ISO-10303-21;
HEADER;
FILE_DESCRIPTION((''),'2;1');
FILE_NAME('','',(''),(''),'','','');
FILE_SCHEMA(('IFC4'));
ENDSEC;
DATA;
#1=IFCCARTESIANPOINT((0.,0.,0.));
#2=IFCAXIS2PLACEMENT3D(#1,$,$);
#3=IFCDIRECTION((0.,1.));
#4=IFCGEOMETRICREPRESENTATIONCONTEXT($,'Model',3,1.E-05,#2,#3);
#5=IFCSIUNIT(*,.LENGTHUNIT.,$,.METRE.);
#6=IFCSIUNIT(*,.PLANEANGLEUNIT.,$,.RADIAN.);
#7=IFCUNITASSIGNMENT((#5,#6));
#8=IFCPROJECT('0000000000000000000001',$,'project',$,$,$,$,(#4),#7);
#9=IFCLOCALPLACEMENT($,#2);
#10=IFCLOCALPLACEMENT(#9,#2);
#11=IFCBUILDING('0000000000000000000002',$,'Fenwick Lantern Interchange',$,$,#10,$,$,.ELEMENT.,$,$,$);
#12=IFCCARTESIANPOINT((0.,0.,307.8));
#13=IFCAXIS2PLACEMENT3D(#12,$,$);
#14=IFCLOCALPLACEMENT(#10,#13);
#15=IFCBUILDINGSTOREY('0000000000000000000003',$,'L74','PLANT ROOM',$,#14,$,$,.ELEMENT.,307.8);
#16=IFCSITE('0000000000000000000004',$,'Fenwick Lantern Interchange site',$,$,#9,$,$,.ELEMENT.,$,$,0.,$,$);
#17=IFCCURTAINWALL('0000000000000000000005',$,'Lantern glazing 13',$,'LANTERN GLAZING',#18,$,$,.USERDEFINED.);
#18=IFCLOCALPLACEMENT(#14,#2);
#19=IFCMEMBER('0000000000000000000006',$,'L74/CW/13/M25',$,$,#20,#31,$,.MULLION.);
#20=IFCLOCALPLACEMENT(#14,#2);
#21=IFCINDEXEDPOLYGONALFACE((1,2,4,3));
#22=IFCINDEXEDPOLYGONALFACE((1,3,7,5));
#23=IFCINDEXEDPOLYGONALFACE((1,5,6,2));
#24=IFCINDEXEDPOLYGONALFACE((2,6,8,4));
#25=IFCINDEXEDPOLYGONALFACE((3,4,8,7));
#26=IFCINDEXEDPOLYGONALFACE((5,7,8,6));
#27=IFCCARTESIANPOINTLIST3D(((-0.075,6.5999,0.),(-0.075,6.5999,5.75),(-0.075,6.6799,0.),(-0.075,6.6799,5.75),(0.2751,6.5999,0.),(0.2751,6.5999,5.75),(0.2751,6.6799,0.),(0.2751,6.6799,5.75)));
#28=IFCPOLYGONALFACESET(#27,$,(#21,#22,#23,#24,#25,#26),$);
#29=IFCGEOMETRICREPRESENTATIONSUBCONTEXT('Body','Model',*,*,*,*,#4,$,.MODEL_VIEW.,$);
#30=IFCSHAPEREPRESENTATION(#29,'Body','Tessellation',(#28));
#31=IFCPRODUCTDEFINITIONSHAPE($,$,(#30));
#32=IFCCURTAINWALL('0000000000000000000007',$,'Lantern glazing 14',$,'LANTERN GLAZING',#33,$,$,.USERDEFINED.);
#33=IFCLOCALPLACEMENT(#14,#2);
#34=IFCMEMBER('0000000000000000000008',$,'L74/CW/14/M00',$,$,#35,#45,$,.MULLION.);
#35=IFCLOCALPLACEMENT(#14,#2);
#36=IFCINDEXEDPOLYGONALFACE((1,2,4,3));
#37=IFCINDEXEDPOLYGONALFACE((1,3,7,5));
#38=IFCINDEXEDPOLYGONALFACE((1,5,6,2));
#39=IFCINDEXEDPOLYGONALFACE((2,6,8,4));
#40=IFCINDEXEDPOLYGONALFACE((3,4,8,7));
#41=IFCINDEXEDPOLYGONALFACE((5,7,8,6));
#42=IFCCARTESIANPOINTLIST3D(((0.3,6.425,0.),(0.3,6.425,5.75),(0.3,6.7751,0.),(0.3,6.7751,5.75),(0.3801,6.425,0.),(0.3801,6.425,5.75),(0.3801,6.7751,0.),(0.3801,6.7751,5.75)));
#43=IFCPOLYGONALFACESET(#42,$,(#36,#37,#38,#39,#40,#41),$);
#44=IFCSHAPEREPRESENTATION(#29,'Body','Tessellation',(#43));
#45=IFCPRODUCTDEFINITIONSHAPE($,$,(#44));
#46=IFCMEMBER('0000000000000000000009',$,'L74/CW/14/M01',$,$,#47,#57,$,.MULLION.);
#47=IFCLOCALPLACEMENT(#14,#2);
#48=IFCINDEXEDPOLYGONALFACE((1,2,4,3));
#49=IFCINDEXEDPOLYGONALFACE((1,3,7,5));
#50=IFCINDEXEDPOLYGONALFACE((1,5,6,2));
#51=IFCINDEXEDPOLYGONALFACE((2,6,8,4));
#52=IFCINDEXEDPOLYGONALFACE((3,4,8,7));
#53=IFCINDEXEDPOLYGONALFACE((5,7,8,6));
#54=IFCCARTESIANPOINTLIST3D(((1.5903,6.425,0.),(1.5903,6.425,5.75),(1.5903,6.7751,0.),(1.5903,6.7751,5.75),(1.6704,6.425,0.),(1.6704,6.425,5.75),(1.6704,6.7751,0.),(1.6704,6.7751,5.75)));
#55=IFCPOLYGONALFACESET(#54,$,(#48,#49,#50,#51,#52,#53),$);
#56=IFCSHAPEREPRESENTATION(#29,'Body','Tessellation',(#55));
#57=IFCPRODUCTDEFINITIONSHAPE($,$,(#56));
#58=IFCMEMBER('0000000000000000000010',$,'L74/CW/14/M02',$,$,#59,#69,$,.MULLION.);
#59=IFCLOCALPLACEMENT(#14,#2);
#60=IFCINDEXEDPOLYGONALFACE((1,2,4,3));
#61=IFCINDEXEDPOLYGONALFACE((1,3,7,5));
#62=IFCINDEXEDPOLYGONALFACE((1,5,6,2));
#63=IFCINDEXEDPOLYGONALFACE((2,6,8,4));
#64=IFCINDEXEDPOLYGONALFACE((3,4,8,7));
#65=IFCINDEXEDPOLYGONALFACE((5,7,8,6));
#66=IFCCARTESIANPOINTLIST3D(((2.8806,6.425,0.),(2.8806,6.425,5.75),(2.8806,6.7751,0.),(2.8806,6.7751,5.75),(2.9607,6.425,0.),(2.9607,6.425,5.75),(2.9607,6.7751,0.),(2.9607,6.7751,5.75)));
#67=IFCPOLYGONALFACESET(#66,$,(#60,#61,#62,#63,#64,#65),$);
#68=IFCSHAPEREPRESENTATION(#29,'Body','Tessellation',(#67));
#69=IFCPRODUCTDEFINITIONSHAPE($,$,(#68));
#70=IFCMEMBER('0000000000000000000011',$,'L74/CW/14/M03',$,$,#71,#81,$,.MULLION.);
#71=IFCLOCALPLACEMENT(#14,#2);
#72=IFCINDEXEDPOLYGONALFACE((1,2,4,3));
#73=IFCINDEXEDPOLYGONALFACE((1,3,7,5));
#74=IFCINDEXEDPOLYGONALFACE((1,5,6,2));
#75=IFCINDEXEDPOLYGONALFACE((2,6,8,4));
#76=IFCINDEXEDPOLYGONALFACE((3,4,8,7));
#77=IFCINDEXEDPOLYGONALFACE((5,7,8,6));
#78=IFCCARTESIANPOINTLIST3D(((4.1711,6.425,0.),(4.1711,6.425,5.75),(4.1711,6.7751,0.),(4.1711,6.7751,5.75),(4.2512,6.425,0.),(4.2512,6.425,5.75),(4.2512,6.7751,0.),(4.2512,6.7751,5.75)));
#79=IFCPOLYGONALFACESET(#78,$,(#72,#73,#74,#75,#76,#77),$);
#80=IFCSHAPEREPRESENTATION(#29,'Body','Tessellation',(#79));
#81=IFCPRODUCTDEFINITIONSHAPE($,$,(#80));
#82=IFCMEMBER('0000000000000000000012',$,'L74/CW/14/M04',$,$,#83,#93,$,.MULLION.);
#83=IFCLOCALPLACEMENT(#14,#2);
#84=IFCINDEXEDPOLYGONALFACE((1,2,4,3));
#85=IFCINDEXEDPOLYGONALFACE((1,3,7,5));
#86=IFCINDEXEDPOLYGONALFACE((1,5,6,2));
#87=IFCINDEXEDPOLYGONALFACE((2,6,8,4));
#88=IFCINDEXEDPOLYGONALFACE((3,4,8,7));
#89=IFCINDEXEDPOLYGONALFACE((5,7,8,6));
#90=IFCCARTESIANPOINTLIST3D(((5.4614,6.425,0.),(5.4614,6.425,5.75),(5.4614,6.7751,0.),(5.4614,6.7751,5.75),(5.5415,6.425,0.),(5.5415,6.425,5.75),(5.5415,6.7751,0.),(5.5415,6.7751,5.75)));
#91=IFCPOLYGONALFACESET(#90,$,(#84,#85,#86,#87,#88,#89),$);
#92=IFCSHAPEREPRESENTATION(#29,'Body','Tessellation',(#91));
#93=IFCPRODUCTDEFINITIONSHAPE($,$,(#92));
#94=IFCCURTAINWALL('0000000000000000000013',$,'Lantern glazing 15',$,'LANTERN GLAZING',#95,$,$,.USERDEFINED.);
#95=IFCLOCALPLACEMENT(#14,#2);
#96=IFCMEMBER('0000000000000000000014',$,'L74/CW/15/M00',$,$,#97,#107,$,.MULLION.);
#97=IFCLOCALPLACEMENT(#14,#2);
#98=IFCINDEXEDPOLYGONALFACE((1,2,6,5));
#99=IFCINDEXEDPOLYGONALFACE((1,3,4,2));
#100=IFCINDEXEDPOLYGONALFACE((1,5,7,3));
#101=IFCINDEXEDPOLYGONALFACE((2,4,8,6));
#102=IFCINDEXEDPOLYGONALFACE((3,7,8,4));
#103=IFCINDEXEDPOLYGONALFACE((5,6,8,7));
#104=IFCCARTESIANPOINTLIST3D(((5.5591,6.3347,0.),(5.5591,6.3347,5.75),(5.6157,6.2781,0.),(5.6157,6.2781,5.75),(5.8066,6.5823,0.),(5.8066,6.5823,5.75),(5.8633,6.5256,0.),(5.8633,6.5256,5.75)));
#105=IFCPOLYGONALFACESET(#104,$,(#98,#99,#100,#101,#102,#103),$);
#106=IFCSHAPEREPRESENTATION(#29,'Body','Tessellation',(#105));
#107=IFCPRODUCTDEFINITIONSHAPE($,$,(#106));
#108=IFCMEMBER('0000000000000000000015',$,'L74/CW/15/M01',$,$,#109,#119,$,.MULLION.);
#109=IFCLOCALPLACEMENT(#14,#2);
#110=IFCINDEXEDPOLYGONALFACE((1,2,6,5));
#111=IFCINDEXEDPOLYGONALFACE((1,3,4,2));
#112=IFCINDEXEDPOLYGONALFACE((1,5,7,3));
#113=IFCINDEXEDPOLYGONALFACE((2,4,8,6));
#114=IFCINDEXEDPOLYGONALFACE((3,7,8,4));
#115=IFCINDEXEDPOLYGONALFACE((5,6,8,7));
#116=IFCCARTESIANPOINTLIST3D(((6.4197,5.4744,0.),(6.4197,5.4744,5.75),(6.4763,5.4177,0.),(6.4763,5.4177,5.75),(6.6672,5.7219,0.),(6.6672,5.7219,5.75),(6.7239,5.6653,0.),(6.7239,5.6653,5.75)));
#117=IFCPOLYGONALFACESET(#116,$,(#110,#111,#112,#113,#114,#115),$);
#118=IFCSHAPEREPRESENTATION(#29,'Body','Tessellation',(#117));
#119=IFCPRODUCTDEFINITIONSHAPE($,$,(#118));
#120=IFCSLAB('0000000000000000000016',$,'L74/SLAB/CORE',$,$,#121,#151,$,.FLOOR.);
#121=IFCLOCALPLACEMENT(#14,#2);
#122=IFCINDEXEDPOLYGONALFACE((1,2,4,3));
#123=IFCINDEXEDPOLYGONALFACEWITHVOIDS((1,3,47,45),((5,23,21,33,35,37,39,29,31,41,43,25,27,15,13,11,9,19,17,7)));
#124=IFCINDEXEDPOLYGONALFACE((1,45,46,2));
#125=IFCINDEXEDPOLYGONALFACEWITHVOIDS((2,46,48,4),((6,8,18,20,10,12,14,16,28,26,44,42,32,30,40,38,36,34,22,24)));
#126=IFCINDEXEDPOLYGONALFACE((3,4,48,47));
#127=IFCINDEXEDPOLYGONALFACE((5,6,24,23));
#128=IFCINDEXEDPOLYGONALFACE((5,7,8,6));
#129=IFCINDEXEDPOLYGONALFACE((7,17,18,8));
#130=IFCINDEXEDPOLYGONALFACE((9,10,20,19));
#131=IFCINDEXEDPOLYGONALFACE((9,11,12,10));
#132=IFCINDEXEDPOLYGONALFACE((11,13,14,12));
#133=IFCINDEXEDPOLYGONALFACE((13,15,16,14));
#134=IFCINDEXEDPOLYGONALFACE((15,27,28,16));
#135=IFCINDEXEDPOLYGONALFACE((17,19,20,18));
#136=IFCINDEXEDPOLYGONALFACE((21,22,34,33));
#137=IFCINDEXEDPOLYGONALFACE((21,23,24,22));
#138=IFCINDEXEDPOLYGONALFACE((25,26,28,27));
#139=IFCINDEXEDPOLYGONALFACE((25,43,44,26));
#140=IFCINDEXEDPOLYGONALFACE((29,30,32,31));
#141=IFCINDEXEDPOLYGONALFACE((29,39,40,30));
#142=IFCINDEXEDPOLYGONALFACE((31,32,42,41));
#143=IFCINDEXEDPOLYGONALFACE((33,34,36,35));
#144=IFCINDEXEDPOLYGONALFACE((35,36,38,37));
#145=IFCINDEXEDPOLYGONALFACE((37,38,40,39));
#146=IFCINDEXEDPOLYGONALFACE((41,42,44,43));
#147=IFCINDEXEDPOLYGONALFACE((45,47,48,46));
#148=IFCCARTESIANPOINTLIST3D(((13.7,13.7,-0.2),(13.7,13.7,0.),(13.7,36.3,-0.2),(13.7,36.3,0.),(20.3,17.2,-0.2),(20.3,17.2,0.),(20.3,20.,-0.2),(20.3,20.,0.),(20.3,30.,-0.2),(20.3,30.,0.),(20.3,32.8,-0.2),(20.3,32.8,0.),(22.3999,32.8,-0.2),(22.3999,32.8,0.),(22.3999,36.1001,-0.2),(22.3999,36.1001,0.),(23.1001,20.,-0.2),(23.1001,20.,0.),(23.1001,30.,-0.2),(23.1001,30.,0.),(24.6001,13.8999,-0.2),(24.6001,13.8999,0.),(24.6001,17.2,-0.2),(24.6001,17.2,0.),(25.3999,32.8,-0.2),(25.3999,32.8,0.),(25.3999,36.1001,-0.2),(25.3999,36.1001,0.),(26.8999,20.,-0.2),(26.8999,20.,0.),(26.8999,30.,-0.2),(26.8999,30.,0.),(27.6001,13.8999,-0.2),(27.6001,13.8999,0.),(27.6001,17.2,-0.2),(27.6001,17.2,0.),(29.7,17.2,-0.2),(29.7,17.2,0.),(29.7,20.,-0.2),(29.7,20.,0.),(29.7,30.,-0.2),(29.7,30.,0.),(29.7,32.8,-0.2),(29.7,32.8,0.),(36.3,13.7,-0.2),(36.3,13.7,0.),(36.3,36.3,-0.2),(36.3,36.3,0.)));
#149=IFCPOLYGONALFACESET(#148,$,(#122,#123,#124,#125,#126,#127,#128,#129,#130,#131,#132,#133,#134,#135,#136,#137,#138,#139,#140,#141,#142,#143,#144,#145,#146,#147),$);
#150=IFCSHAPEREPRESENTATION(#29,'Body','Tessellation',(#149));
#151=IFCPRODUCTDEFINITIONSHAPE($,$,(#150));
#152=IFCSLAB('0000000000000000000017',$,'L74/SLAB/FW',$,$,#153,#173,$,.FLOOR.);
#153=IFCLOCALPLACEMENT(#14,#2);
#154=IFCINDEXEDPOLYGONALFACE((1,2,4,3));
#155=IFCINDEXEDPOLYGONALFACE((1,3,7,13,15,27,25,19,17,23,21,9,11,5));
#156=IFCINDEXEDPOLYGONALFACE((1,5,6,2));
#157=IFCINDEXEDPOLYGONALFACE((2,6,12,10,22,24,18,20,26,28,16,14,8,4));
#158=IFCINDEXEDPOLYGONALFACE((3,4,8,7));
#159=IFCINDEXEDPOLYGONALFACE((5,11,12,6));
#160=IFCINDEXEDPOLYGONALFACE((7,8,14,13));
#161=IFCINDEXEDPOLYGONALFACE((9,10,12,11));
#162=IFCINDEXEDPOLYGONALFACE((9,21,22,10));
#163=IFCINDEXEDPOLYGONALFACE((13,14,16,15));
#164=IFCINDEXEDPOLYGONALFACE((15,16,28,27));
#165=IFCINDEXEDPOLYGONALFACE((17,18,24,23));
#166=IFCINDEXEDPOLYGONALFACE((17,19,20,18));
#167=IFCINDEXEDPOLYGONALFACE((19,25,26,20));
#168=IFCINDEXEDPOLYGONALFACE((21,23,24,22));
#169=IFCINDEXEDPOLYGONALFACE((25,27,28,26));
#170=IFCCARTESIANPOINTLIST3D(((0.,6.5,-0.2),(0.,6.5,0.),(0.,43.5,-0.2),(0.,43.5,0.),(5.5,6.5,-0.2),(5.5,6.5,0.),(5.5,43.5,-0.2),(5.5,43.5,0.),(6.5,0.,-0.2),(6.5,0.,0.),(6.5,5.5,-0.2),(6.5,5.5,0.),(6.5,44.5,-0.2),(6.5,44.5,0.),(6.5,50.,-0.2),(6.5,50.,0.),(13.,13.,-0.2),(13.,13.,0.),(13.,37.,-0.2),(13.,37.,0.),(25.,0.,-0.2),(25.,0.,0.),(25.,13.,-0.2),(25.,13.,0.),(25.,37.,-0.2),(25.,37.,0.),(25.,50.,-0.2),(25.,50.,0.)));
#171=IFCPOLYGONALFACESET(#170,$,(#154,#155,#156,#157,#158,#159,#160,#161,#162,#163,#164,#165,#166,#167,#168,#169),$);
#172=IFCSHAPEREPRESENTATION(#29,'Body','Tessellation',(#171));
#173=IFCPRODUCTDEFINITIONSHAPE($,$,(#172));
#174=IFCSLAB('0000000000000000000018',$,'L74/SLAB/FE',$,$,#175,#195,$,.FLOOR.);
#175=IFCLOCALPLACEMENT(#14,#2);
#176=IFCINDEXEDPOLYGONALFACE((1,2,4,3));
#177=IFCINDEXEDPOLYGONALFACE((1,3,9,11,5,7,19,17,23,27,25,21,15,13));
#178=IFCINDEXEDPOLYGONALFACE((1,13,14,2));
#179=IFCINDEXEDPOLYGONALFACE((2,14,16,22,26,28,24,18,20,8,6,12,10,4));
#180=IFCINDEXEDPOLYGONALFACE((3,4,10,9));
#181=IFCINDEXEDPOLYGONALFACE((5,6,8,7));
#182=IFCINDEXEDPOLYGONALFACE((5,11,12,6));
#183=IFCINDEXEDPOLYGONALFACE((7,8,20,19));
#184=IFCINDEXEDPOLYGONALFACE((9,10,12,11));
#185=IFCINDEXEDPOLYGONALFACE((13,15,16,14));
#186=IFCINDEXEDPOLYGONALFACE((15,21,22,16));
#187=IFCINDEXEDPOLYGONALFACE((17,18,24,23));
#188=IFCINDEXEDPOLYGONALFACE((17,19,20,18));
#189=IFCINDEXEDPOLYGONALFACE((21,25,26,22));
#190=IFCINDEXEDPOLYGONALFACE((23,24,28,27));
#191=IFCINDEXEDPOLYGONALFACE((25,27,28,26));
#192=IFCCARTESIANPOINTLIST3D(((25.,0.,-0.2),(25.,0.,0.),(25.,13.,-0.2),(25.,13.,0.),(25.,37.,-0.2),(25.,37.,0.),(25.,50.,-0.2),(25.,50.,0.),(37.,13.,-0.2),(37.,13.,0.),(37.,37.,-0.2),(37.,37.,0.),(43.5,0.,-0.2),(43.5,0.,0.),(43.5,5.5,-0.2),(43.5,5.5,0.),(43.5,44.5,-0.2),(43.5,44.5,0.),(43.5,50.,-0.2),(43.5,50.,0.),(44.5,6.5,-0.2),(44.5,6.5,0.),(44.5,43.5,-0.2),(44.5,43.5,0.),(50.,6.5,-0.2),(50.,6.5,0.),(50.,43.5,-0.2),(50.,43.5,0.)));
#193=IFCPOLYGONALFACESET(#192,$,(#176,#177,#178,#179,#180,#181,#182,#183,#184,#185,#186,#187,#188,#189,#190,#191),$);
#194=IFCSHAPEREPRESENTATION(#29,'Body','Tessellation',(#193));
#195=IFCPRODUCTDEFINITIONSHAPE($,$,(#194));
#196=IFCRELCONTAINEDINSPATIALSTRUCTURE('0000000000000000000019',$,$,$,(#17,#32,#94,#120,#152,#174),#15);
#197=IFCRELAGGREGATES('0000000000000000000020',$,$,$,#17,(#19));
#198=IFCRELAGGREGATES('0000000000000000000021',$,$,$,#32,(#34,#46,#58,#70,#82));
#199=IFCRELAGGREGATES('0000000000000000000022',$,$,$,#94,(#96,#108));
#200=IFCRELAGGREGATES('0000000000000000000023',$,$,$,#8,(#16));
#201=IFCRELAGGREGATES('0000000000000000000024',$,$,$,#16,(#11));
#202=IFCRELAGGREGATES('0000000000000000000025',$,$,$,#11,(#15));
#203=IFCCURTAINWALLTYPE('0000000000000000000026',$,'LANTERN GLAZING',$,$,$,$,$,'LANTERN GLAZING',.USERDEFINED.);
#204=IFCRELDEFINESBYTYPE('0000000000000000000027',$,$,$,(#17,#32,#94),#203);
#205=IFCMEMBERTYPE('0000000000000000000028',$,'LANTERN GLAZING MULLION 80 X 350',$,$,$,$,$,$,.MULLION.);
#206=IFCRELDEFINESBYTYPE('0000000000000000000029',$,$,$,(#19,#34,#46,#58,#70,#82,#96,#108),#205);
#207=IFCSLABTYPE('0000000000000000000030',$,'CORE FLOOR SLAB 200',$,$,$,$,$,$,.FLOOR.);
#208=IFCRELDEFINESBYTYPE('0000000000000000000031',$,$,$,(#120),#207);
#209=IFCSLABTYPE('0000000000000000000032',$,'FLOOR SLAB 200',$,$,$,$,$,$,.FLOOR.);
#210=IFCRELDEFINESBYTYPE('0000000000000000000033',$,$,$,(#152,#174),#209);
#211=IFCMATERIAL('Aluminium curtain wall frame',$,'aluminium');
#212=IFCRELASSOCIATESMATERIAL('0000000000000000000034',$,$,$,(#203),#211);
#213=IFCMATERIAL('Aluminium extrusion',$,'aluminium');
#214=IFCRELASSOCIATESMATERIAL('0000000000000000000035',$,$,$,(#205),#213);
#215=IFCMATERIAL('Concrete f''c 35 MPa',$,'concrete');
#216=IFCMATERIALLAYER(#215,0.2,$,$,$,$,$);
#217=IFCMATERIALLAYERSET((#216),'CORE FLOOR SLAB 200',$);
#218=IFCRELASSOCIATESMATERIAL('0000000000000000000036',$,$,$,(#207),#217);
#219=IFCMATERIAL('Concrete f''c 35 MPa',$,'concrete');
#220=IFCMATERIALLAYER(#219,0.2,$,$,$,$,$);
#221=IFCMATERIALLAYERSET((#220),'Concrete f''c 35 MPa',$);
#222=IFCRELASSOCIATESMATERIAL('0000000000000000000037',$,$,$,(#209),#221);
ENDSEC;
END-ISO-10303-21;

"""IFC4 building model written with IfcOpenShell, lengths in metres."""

from ifc_helpers import new_model, si_unit, direction, frame, origin, origin_2d, place, context, subcontext, project, spatial, polyline, rectangle, outline, extrude, material, layer, layer_set, material_profile, profile_set, type_object, element, aggregate, save


model = new_model("IFC4")

# Units and contexts
model_context = context("Model", 3, precision=1e-05, world=origin(), true_north=direction((0.0, 1.0)))
body_context = subcontext(model_context, "Body", "Model", "MODEL_VIEW")
ifc_project = project(units=[si_unit("LENGTHUNIT", "METRE"), si_unit("PLANEANGLEUNIT", "RADIAN")], contexts=[model_context])

# Site, building, storey
site_placement = place(None, origin())
site = spatial("IfcSite", under=ifc_project, at=site_placement, Name="Fenwick Lantern Interchange site", CompositionType="ELEMENT", RefElevation=0.0)
building_placement = place(site_placement, origin())
building = spatial("IfcBuilding", under=site, at=building_placement, Name="Fenwick Lantern Interchange", CompositionType="ELEMENT")
storey_placement = place(building_placement, frame((0.0, 0.0, 307.8)))
storey = spatial("IfcBuildingStorey", under=building, at=storey_placement, Name="L74", Description="PLANT ROOM", CompositionType="ELEMENT", Elevation=307.8)

# Curtain wall, member
ifc_material_1 = material(Name="Aluminium curtain wall frame", Category="aluminium")
curtain_wall_type = type_object("IfcCurtainWallType", Name="LANTERN GLAZING", ElementType="LANTERN GLAZING", PredefinedType="USERDEFINED", material=ifc_material_1)
curtain_wall_1_placement = place(storey_placement, origin())
curtain_wall_1 = element("IfcCurtainWall", 1, at=curtain_wall_1_placement, inside=storey, type_object=curtain_wall_type, Name="Lantern glazing 13", ObjectType="LANTERN GLAZING", PredefinedType="USERDEFINED")
ifc_material_2 = material(Name="Aluminium extrusion", Category="aluminium")
ifc_material_profile = material_profile(ifc_material_2, rectangle(XDim=0.3501, YDim=0.0801, at=origin_2d()), Name="LANTERN GLAZING MULLION 80 X 350")
ifc_profile_set = profile_set([ifc_material_profile], Name="Aluminium extrusion")
member_type = type_object("IfcMemberType", Name="LANTERN GLAZING MULLION 80 X 350", PredefinedType="MULLION", material=ifc_profile_set)
member_1_placement = place(storey_placement, frame((0.1001, 6.6399, 0.0), z_axis=(0.0, 0.0, 1.0), x_axis=(1.0, 0.0, 0.0)))
member_1 = element("IfcMember", 2, at=member_1_placement, type_object=member_type, Name="L74/CW/13/M25", PredefinedType="MULLION", context=body_context, shape_type="SweptSolid", body=[
    extrude(rectangle(XDim=0.3501, YDim=0.0801, at=origin_2d()), origin(), (0.0, 0.0, 1.0), 5.75),
])
aggregate(curtain_wall_1, [member_1])

# Curtain walls, members
curtain_wall_2_placement = place(storey_placement, origin())
curtain_wall_2 = element("IfcCurtainWall", 3, at=curtain_wall_2_placement, inside=storey, type_object=curtain_wall_type, Name="Lantern glazing 14", ObjectType="LANTERN GLAZING", PredefinedType="USERDEFINED")
member_2_placement = place(storey_placement, frame((0.3401, 6.6001, 0.0), z_axis=(0.0, 0.0, 1.0), x_axis=(0.0, 1.0, 0.0)))
member_2 = element("IfcMember", 4, at=member_2_placement, type_object=member_type, Name="L74/CW/14/M00", PredefinedType="MULLION", context=body_context, shape_type="SweptSolid", body=[
    extrude(rectangle(XDim=0.3501, YDim=0.0801, at=origin_2d()), origin(), (0.0, 0.0, 1.0), 5.75),
])
member_3_placement = place(storey_placement, frame((1.6304, 6.6001, 0.0), z_axis=(0.0, 0.0, 1.0), x_axis=(0.0, 1.0, 0.0)))
member_3 = element("IfcMember", 5, at=member_3_placement, type_object=member_type, Name="L74/CW/14/M01", PredefinedType="MULLION", context=body_context, shape_type="SweptSolid", body=[
    extrude(rectangle(XDim=0.3501, YDim=0.0801, at=origin_2d()), origin(), (0.0, 0.0, 1.0), 5.75),
])
member_4_placement = place(storey_placement, frame((2.9207, 6.6001, 0.0), z_axis=(0.0, 0.0, 1.0), x_axis=(0.0, 1.0, 0.0)))
member_4 = element("IfcMember", 6, at=member_4_placement, type_object=member_type, Name="L74/CW/14/M02", PredefinedType="MULLION", context=body_context, shape_type="SweptSolid", body=[
    extrude(rectangle(XDim=0.3501, YDim=0.0801, at=origin_2d()), origin(), (0.0, 0.0, 1.0), 5.75),
])
member_5_placement = place(storey_placement, frame((4.2112, 6.6001, 0.0), z_axis=(0.0, 0.0, 1.0), x_axis=(0.0, 1.0, 0.0)))
member_5 = element("IfcMember", 7, at=member_5_placement, type_object=member_type, Name="L74/CW/14/M03", PredefinedType="MULLION", context=body_context, shape_type="SweptSolid", body=[
    extrude(rectangle(XDim=0.3501, YDim=0.0801, at=origin_2d()), origin(), (0.0, 0.0, 1.0), 5.75),
])
member_6_placement = place(storey_placement, frame((5.5015, 6.6001, 0.0), z_axis=(0.0, 0.0, 1.0), x_axis=(0.0, 1.0, 0.0)))
member_6 = element("IfcMember", 8, at=member_6_placement, type_object=member_type, Name="L74/CW/14/M04", PredefinedType="MULLION", context=body_context, shape_type="SweptSolid", body=[
    extrude(rectangle(XDim=0.3501, YDim=0.0801, at=origin_2d()), origin(), (0.0, 0.0, 1.0), 5.75),
])
curtain_wall_3_placement = place(storey_placement, origin())
curtain_wall_3 = element("IfcCurtainWall", 9, at=curtain_wall_3_placement, inside=storey, type_object=curtain_wall_type, Name="Lantern glazing 15", ObjectType="LANTERN GLAZING", PredefinedType="USERDEFINED")
member_7_placement = place(storey_placement, frame((5.7112, 6.4302, 0.0), z_axis=(0.0, 0.0, 1.0), x_axis=(0.707107, 0.707107, 0.0)))
member_7 = element("IfcMember", 10, at=member_7_placement, type_object=member_type, Name="L74/CW/15/M00", PredefinedType="MULLION", context=body_context, shape_type="SweptSolid", body=[
    extrude(rectangle(XDim=0.3501, YDim=0.0801, at=origin_2d()), origin(), (0.0, 0.0, 1.0), 5.75),
])
member_8_placement = place(storey_placement, frame((6.5718, 5.5698, 0.0), z_axis=(0.0, 0.0, 1.0), x_axis=(0.707107, 0.707107, 0.0)))
member_8 = element("IfcMember", 11, at=member_8_placement, type_object=member_type, Name="L74/CW/15/M01", PredefinedType="MULLION", context=body_context, shape_type="SweptSolid", body=[
    extrude(rectangle(XDim=0.3501, YDim=0.0801, at=origin_2d()), origin(), (0.0, 0.0, 1.0), 5.75),
])

# Slabs
ifc_material_3 = material(Name="Concrete f'c 35 MPa", Category="concrete")
ifc_layer_1 = layer(ifc_material_3, 0.2)
ifc_layer_set_1 = layer_set([ifc_layer_1], Name="CORE FLOOR SLAB 200")
slab_type_1 = type_object("IfcSlabType", Name="CORE FLOOR SLAB 200", PredefinedType="FLOOR", material=ifc_layer_set_1)
slab_1_placement = place(storey_placement, frame((0.0, 0.0, -0.2)))
element("IfcSlab", 12, at=slab_1_placement, inside=storey, type_object=slab_type_1, Name="L74/SLAB/CORE", PredefinedType="FLOOR", context=body_context, shape_type="SweptSolid", body=[
    extrude(outline(polyline([(13.7, 36.3), (36.3, 36.3), (36.3, 13.7), (13.7, 13.7), (13.7, 36.3)]), holes=[polyline([(27.6001, 13.8999), (27.6001, 17.2), (29.7, 17.2), (29.7, 20.0), (26.8999, 20.0), (26.8999, 30.0), (29.7, 30.0), (29.7, 32.8), (25.3999, 32.8), (25.3999, 36.1001), (22.3999, 36.1001), (22.3999, 32.8), (20.3, 32.8), (20.3, 30.0), (23.1001, 30.0), (23.1001, 20.0), (20.3, 20.0), (20.3, 17.2), (24.6001, 17.2), (24.6001, 13.8999), (27.6001, 13.8999)])]), origin(), (0.0, 0.0, 1.0), 0.2),
])
ifc_material_4 = material(Name="Concrete f'c 35 MPa", Category="concrete")
ifc_layer_2 = layer(ifc_material_4, 0.2)
ifc_layer_set_2 = layer_set([ifc_layer_2], Name="Concrete f'c 35 MPa")
slab_type_2 = type_object("IfcSlabType", Name="FLOOR SLAB 200", PredefinedType="FLOOR", material=ifc_layer_set_2)
slab_2_placement = place(storey_placement, frame((0.0, 0.0, -0.2)))
element("IfcSlab", 13, at=slab_2_placement, inside=storey, type_object=slab_type_2, Name="L74/SLAB/FW", PredefinedType="FLOOR", context=body_context, shape_type="SweptSolid", body=[
    extrude(outline(polyline([(6.5, 0.0), (6.5, 5.5), (5.5, 6.5), (0.0, 6.5), (0.0, 43.5), (5.5, 43.5), (6.5, 44.5), (6.5, 50.0), (25.0, 50.0), (25.0, 37.0), (13.0, 37.0), (13.0, 13.0), (25.0, 13.0), (25.0, 0.0), (6.5, 0.0)])), origin(), (0.0, 0.0, 1.0), 0.2),
])
slab_3_placement = place(storey_placement, frame((0.0, 0.0, -0.2)))
element("IfcSlab", 14, at=slab_3_placement, inside=storey, type_object=slab_type_2, Name="L74/SLAB/FE", PredefinedType="FLOOR", context=body_context, shape_type="SweptSolid", body=[
    extrude(outline(polyline([(43.5, 50.0), (43.5, 44.5), (44.5, 43.5), (50.0, 43.5), (50.0, 6.5), (44.5, 6.5), (43.5, 5.5), (43.5, 0.0), (25.0, 0.0), (25.0, 13.0), (37.0, 13.0), (37.0, 37.0), (25.0, 37.0), (25.0, 50.0), (43.5, 50.0)])), origin(), (0.0, 0.0, 1.0), 0.2),
])

aggregate(curtain_wall_2, [member_2, member_3, member_4, member_5, member_6])
aggregate(curtain_wall_3, [member_7, member_8])

save(model, "model.ifc")
